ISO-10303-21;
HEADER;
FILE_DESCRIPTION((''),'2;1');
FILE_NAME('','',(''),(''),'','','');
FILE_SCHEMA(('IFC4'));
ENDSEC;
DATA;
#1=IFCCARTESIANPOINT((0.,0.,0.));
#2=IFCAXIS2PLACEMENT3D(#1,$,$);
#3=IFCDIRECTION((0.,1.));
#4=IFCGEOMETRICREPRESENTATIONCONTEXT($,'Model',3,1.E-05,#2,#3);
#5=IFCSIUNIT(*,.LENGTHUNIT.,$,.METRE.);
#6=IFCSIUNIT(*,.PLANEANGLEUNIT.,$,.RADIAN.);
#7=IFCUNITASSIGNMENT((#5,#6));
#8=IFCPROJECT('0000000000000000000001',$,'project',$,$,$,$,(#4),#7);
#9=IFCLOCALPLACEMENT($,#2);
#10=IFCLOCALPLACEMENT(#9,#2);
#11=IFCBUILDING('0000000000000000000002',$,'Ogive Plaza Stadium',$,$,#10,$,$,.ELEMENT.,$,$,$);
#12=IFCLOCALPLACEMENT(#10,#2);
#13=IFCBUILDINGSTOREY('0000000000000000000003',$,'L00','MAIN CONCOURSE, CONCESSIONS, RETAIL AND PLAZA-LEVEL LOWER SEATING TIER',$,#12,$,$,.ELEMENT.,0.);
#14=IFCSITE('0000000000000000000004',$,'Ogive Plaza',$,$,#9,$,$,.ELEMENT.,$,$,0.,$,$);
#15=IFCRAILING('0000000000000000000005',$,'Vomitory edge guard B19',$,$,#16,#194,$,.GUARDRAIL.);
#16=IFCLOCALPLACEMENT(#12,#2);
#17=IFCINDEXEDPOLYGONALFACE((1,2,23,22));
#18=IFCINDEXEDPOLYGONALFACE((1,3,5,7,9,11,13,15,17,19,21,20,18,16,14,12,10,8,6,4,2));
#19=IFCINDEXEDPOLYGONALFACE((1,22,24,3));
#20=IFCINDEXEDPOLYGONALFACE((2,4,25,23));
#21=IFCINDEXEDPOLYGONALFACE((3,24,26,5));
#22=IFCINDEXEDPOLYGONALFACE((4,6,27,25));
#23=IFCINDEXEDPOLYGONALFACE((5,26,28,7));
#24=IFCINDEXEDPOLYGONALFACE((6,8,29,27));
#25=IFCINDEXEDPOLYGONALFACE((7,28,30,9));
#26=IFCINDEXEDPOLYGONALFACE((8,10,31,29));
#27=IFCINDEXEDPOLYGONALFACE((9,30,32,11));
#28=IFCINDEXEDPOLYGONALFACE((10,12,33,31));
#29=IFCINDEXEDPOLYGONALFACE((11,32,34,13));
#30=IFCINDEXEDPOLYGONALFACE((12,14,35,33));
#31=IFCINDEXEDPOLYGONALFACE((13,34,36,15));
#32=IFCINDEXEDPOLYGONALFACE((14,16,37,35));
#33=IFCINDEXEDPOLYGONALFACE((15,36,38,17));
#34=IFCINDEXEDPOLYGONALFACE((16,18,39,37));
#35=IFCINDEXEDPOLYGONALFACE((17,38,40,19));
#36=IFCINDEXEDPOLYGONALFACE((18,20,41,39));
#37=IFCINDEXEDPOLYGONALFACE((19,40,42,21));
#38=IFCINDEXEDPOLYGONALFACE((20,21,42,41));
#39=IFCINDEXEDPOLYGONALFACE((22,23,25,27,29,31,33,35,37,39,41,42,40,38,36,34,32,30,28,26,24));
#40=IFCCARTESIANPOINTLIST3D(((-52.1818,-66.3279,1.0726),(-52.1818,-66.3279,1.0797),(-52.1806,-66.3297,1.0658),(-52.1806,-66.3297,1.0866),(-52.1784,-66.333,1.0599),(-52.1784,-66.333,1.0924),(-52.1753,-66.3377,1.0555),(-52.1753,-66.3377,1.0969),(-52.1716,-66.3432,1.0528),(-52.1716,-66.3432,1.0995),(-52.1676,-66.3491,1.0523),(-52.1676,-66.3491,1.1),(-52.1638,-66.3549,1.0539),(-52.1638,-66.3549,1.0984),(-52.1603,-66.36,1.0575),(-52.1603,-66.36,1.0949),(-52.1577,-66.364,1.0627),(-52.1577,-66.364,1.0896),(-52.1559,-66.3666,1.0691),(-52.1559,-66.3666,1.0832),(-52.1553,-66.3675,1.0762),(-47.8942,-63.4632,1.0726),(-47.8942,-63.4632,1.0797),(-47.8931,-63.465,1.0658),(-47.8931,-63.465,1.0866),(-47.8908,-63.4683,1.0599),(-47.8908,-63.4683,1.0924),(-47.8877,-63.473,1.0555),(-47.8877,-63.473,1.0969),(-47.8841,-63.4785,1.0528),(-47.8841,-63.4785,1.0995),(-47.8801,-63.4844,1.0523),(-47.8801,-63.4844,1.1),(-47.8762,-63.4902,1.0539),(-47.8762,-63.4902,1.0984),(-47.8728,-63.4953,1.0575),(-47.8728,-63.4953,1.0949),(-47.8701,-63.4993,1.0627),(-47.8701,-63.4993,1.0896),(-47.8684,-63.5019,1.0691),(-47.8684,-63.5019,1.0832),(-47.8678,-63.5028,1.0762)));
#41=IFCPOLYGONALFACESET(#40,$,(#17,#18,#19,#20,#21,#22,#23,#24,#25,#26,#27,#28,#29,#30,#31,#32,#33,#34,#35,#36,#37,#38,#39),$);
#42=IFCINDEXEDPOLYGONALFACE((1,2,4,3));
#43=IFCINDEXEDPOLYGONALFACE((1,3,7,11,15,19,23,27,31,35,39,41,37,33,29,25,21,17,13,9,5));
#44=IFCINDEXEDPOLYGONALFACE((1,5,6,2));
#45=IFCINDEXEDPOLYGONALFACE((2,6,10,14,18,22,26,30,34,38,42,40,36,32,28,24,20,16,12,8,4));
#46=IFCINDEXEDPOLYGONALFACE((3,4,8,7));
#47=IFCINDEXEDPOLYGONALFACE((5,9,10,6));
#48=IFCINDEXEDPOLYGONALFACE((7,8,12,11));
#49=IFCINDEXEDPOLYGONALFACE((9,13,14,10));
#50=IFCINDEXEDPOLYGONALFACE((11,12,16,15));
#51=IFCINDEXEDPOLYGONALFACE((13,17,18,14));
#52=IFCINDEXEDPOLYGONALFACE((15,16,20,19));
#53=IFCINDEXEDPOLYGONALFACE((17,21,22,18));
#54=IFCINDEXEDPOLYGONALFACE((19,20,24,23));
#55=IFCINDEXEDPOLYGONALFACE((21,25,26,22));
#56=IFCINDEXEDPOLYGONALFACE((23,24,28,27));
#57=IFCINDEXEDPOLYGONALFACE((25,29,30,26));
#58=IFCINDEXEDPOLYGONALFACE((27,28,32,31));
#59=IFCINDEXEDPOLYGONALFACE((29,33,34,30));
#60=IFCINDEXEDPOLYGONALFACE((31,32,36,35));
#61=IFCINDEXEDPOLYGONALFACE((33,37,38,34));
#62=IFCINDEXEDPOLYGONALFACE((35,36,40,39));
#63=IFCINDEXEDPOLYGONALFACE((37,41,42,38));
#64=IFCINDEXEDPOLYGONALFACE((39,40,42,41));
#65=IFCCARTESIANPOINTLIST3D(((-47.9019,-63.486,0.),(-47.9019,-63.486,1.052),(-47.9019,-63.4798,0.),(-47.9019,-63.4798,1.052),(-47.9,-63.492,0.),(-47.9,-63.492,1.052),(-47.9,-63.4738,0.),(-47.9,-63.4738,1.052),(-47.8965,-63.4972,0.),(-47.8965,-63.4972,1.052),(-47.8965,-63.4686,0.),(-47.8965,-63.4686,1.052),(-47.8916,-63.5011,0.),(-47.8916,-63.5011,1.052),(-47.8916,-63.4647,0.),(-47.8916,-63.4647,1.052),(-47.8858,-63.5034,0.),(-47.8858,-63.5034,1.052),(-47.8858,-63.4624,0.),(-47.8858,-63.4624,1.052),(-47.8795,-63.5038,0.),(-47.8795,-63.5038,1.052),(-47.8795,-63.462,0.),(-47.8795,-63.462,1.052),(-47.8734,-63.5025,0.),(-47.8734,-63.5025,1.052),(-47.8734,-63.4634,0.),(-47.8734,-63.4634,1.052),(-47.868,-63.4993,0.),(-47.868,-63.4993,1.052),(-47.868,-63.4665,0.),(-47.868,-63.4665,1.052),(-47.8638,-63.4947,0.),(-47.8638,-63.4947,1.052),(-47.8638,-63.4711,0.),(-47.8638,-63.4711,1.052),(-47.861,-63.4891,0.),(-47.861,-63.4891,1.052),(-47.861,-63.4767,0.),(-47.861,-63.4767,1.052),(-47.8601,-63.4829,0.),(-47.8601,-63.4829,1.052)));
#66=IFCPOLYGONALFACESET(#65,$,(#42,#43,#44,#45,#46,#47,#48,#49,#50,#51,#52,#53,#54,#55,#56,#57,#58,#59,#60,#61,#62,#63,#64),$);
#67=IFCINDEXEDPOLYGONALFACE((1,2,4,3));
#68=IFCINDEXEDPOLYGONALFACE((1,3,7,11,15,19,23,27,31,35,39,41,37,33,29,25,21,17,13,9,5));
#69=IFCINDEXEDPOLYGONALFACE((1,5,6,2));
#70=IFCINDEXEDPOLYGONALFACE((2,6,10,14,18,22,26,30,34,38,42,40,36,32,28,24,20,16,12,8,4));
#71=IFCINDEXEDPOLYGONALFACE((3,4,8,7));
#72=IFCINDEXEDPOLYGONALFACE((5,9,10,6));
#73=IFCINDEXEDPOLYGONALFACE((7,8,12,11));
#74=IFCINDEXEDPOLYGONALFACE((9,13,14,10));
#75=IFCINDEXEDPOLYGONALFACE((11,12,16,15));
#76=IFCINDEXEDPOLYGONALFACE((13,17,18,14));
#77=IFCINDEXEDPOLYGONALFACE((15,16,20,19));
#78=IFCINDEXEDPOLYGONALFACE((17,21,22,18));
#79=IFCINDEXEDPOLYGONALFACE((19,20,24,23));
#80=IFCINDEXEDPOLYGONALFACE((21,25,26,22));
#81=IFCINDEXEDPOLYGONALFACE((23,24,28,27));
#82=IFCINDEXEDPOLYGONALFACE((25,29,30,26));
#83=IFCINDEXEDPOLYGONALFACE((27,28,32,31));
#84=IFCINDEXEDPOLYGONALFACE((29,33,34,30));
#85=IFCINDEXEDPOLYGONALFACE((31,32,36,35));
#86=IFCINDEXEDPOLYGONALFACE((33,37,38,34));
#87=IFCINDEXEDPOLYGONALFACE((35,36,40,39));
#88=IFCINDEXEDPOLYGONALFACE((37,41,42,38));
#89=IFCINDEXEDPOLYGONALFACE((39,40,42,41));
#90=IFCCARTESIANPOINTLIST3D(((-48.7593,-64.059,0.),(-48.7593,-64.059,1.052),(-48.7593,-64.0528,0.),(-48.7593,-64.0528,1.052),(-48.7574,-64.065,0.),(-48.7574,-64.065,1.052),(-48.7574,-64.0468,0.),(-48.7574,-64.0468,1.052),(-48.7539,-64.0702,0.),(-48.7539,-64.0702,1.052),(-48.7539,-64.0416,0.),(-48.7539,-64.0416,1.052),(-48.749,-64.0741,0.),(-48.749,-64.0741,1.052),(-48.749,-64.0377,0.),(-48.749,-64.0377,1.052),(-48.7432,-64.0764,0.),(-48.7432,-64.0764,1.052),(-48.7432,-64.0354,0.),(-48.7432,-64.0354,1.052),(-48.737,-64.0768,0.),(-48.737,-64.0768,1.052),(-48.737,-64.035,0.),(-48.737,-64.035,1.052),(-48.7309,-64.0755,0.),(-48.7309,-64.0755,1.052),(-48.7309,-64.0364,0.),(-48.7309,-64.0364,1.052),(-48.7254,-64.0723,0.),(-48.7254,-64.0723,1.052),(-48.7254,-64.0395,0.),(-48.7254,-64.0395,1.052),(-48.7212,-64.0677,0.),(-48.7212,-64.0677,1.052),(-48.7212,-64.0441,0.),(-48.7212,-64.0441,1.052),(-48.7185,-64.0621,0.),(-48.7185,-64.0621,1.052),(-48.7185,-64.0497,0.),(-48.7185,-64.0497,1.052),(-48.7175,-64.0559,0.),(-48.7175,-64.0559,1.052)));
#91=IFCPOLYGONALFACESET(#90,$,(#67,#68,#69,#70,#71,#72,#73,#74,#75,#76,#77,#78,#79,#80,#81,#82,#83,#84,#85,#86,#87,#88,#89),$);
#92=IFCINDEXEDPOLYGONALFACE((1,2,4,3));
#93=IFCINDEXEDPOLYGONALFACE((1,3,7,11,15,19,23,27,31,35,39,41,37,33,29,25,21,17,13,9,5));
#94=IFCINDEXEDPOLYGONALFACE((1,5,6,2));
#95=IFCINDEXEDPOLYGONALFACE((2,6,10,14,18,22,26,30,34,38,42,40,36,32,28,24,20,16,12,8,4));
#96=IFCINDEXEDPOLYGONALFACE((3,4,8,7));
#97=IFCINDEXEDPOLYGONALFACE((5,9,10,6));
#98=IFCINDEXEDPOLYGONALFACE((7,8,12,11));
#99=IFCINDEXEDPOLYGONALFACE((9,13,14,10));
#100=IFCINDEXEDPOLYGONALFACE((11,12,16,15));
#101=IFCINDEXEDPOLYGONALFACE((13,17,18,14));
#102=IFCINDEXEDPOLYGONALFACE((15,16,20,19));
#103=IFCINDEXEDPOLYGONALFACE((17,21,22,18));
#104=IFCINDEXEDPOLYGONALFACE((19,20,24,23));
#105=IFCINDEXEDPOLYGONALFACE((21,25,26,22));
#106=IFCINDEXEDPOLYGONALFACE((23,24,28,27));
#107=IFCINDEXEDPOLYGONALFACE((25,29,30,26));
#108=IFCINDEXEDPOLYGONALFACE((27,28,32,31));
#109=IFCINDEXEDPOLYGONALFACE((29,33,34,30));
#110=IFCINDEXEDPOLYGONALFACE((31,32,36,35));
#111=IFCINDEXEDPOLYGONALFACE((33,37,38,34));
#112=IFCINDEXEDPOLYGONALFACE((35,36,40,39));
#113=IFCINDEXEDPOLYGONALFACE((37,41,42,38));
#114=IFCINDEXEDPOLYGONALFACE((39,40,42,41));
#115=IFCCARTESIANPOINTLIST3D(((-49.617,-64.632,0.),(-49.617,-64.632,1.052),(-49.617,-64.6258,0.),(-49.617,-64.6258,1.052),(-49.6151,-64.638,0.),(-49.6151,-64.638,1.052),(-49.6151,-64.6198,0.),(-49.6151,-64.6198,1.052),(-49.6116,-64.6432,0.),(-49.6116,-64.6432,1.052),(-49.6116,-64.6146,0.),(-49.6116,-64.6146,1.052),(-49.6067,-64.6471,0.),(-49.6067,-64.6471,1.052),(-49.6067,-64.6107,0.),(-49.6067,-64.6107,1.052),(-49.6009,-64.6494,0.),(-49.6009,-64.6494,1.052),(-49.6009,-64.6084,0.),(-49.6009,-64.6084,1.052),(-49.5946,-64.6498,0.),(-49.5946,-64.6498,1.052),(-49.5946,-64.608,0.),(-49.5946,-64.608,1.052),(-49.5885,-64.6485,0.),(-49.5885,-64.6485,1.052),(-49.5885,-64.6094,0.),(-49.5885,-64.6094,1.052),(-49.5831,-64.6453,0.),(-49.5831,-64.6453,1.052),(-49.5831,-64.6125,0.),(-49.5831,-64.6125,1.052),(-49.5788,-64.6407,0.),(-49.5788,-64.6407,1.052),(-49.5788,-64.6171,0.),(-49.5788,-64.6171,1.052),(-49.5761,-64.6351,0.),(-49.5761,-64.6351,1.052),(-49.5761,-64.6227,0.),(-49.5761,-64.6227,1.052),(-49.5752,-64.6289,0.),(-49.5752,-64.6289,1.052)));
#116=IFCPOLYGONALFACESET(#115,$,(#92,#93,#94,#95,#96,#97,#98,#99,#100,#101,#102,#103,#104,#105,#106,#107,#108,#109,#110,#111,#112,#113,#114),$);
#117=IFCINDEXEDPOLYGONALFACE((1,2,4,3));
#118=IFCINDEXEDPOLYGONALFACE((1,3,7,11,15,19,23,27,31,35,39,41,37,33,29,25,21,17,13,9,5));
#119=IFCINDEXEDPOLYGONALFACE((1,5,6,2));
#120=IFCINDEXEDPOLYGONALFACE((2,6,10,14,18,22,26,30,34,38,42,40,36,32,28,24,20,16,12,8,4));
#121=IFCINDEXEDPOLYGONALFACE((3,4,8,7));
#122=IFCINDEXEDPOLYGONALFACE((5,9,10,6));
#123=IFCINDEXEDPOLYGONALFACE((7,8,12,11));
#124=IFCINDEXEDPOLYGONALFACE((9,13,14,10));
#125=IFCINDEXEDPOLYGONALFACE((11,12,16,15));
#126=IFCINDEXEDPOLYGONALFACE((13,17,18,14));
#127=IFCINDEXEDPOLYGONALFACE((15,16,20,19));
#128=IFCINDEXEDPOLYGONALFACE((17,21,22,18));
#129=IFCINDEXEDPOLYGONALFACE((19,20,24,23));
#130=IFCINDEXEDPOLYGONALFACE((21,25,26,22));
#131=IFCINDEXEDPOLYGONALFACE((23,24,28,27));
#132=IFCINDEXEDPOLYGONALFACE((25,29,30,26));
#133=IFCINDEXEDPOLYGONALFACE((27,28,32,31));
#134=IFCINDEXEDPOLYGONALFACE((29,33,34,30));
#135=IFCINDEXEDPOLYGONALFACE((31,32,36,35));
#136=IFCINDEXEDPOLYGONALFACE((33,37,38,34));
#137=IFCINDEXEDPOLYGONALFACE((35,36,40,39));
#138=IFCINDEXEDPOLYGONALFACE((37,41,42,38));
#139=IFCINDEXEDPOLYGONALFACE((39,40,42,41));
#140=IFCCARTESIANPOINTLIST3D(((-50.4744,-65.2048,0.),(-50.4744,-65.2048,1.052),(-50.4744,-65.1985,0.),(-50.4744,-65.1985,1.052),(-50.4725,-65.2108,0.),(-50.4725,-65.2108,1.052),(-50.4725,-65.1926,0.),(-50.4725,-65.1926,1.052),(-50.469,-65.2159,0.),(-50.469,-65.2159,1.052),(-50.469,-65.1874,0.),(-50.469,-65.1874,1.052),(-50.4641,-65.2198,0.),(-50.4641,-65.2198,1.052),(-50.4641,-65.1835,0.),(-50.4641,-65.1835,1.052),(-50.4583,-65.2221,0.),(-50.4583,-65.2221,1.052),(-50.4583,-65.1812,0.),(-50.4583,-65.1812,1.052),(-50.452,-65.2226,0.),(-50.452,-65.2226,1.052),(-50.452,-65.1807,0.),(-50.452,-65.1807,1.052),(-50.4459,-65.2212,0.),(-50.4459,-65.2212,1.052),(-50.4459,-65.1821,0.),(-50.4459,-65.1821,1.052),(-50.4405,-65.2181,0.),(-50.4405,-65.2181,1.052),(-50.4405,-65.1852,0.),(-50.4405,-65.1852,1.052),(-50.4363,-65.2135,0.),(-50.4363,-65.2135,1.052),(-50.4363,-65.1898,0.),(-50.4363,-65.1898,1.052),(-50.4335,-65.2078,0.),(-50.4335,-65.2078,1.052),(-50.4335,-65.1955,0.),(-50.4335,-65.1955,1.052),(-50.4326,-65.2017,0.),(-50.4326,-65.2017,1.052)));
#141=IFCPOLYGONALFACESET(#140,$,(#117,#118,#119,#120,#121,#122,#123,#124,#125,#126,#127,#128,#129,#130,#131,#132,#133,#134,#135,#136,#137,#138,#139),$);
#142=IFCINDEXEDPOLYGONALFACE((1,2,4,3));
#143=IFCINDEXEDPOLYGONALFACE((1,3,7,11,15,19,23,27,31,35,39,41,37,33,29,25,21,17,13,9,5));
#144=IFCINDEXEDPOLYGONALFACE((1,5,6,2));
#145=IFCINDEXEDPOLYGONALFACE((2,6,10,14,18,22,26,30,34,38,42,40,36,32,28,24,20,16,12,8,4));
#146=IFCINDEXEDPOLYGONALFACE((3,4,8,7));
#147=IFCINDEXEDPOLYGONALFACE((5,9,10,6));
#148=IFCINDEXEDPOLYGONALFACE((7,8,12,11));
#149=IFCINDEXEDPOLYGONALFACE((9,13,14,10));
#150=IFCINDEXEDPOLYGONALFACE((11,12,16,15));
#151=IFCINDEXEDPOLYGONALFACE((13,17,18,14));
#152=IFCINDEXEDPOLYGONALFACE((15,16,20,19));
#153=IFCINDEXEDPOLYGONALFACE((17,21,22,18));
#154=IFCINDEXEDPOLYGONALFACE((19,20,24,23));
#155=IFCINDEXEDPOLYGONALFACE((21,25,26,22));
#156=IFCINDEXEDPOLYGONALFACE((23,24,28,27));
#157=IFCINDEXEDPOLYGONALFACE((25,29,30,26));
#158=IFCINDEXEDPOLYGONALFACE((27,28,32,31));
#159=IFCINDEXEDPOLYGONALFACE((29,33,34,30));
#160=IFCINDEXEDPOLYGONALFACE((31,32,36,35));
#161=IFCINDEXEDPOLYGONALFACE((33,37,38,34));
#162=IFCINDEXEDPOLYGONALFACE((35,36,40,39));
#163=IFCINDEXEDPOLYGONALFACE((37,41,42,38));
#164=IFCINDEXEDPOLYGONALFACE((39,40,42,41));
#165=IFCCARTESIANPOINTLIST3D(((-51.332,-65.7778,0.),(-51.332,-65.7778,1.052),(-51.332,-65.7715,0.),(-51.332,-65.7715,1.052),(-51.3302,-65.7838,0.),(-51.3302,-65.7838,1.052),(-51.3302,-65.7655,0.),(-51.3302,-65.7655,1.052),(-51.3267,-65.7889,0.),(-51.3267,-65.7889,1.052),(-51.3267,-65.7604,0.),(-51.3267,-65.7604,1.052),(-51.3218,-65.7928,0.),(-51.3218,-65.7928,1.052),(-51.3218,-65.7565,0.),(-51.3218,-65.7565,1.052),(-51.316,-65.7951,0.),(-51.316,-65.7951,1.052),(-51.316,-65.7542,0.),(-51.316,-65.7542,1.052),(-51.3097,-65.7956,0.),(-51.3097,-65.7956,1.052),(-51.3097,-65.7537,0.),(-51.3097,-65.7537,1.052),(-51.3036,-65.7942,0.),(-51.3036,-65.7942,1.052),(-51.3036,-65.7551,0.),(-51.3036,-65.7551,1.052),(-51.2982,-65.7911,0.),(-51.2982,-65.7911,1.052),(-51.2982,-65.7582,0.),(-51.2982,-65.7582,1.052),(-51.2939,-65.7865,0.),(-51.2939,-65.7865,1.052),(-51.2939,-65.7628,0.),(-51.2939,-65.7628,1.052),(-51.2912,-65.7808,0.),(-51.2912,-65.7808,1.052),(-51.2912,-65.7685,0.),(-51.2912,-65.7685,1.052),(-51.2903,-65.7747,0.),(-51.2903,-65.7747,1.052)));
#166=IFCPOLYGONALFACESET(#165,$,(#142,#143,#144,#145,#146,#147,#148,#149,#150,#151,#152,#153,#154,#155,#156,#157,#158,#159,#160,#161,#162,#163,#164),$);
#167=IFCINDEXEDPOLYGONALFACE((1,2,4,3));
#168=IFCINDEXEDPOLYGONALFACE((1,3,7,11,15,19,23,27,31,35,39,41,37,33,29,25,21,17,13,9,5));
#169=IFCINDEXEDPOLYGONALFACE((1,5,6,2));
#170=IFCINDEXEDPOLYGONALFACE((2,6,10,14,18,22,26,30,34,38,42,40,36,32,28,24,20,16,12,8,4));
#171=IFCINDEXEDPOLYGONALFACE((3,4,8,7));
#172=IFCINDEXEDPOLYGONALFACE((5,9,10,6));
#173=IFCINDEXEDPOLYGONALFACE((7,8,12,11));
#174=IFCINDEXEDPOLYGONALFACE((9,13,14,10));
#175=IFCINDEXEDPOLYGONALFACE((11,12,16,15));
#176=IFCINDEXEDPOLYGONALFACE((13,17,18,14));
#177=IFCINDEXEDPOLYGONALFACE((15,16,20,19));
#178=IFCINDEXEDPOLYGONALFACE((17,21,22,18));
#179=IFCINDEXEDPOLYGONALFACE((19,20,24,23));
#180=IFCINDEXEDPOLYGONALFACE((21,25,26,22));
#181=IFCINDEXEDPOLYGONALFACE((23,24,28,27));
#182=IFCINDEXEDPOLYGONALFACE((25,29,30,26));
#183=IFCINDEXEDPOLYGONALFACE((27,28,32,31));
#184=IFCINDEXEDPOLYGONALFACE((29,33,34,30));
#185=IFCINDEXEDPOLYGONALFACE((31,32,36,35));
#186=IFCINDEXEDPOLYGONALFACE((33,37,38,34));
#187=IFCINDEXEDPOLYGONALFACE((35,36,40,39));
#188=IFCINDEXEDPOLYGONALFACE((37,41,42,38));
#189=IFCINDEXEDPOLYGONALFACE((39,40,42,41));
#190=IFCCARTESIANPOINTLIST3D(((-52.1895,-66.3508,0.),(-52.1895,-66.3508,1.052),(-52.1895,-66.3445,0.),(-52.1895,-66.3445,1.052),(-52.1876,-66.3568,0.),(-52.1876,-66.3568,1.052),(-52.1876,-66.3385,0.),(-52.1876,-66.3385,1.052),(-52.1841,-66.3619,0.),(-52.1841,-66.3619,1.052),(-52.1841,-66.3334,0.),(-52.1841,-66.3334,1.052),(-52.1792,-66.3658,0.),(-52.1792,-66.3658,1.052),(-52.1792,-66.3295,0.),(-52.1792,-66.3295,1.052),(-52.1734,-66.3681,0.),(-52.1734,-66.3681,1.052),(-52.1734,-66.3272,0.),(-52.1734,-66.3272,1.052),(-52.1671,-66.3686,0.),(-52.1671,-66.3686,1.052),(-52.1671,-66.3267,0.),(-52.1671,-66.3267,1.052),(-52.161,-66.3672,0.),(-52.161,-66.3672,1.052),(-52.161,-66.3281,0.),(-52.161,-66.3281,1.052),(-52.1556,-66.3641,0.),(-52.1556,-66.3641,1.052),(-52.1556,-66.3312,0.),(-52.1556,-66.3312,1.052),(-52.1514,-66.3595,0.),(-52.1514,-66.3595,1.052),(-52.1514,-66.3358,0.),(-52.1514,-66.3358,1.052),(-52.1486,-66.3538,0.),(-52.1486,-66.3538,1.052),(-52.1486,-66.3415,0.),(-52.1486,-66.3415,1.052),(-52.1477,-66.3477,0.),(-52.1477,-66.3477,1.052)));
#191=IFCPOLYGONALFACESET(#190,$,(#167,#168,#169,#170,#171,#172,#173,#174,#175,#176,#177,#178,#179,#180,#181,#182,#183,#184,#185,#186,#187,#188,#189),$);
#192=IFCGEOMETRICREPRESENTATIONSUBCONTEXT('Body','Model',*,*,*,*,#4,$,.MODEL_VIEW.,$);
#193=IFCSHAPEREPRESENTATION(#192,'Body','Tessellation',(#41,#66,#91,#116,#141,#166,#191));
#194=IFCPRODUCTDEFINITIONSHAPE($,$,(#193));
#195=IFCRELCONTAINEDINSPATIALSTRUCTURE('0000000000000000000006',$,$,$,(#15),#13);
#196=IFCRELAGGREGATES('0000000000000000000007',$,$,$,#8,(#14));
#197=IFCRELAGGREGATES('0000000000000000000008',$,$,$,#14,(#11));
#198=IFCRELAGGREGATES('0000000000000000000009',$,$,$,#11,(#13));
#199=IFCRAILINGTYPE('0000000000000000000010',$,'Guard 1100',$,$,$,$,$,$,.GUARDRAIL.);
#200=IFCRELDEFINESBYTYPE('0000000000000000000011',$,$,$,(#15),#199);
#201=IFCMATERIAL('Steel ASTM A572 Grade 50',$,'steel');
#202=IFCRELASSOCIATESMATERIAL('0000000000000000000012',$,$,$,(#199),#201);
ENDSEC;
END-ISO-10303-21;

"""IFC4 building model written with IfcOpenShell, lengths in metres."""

from ifc_helpers import new_model, si_unit, direction, frame, origin, origin_2d, place, context, subcontext, project, spatial, circle, extrude, material, type_object, element, save


model = new_model("IFC4")

# Units and contexts
model_context = context("Model", 3, precision=1e-05, world=origin(), true_north=direction((0.0, 1.0)))
body_context = subcontext(model_context, "Body", "Model", "MODEL_VIEW")
ifc_project = project(units=[si_unit("LENGTHUNIT", "METRE"), si_unit("PLANEANGLEUNIT", "RADIAN")], contexts=[model_context])

# Site, building, storey
site_placement = place(None, origin())
site = spatial("IfcSite", under=ifc_project, at=site_placement, Name="Ogive Plaza", CompositionType="ELEMENT", RefElevation=0.0)
building_placement = place(site_placement, origin())
building = spatial("IfcBuilding", under=site, at=building_placement, Name="Ogive Plaza Stadium", CompositionType="ELEMENT")
storey_placement = place(building_placement, origin())
storey = spatial("IfcBuildingStorey", under=building, at=storey_placement, Name="L00", Description="MAIN CONCOURSE, CONCESSIONS, RETAIL AND PLAZA-LEVEL LOWER SEATING TIER", CompositionType="ELEMENT", Elevation=0.0)

# Railing
ifc_material_1 = material(Name="Steel ASTM A572 Grade 50", Category="steel")
railing_type = type_object("IfcRailingType", Name="Guard 1100", PredefinedType="GUARDRAIL", material=ifc_material_1)
railing_1_placement = place(storey_placement, frame((-47.8811, -63.4829, 0.0)))
element("IfcRailing", 1, at=railing_1_placement, inside=storey, type_object=railing_type, Name="Vomitory edge guard B19", PredefinedType="GUARDRAIL", context=body_context, shape_type="SweptSolid", body=[
    extrude(circle(Radius=0.0239, at=origin_2d()), frame((0.0, 0.0, 1.0762), z_axis=(-0.831482, -0.555552, 0.0), x_axis=(0.555552, -0.831482, 0.0)), (0.0, 0.0, 1.0), 5.1565),
    extrude(circle(Radius=0.021, at=origin_2d()), origin(), (0.0, 0.0, 1.0), 1.052),
    extrude(circle(Radius=0.021, at=origin_2d()), frame((-0.8574, -0.573, 0.0)), (0.0, 0.0, 1.0), 1.052),
    extrude(circle(Radius=0.021, at=origin_2d()), frame((-1.7151, -1.146, 0.0)), (0.0, 0.0, 1.0), 1.052),
    extrude(circle(Radius=0.021, at=origin_2d()), frame((-2.5725, -1.7188, 0.0)), (0.0, 0.0, 1.0), 1.052),
    extrude(circle(Radius=0.021, at=origin_2d()), frame((-3.4302, -2.2917, 0.0)), (0.0, 0.0, 1.0), 1.052),
    extrude(circle(Radius=0.021, at=origin_2d()), frame((-4.2876, -2.8647, 0.0)), (0.0, 0.0, 1.0), 1.052),
])

save(model, "model.ifc")
